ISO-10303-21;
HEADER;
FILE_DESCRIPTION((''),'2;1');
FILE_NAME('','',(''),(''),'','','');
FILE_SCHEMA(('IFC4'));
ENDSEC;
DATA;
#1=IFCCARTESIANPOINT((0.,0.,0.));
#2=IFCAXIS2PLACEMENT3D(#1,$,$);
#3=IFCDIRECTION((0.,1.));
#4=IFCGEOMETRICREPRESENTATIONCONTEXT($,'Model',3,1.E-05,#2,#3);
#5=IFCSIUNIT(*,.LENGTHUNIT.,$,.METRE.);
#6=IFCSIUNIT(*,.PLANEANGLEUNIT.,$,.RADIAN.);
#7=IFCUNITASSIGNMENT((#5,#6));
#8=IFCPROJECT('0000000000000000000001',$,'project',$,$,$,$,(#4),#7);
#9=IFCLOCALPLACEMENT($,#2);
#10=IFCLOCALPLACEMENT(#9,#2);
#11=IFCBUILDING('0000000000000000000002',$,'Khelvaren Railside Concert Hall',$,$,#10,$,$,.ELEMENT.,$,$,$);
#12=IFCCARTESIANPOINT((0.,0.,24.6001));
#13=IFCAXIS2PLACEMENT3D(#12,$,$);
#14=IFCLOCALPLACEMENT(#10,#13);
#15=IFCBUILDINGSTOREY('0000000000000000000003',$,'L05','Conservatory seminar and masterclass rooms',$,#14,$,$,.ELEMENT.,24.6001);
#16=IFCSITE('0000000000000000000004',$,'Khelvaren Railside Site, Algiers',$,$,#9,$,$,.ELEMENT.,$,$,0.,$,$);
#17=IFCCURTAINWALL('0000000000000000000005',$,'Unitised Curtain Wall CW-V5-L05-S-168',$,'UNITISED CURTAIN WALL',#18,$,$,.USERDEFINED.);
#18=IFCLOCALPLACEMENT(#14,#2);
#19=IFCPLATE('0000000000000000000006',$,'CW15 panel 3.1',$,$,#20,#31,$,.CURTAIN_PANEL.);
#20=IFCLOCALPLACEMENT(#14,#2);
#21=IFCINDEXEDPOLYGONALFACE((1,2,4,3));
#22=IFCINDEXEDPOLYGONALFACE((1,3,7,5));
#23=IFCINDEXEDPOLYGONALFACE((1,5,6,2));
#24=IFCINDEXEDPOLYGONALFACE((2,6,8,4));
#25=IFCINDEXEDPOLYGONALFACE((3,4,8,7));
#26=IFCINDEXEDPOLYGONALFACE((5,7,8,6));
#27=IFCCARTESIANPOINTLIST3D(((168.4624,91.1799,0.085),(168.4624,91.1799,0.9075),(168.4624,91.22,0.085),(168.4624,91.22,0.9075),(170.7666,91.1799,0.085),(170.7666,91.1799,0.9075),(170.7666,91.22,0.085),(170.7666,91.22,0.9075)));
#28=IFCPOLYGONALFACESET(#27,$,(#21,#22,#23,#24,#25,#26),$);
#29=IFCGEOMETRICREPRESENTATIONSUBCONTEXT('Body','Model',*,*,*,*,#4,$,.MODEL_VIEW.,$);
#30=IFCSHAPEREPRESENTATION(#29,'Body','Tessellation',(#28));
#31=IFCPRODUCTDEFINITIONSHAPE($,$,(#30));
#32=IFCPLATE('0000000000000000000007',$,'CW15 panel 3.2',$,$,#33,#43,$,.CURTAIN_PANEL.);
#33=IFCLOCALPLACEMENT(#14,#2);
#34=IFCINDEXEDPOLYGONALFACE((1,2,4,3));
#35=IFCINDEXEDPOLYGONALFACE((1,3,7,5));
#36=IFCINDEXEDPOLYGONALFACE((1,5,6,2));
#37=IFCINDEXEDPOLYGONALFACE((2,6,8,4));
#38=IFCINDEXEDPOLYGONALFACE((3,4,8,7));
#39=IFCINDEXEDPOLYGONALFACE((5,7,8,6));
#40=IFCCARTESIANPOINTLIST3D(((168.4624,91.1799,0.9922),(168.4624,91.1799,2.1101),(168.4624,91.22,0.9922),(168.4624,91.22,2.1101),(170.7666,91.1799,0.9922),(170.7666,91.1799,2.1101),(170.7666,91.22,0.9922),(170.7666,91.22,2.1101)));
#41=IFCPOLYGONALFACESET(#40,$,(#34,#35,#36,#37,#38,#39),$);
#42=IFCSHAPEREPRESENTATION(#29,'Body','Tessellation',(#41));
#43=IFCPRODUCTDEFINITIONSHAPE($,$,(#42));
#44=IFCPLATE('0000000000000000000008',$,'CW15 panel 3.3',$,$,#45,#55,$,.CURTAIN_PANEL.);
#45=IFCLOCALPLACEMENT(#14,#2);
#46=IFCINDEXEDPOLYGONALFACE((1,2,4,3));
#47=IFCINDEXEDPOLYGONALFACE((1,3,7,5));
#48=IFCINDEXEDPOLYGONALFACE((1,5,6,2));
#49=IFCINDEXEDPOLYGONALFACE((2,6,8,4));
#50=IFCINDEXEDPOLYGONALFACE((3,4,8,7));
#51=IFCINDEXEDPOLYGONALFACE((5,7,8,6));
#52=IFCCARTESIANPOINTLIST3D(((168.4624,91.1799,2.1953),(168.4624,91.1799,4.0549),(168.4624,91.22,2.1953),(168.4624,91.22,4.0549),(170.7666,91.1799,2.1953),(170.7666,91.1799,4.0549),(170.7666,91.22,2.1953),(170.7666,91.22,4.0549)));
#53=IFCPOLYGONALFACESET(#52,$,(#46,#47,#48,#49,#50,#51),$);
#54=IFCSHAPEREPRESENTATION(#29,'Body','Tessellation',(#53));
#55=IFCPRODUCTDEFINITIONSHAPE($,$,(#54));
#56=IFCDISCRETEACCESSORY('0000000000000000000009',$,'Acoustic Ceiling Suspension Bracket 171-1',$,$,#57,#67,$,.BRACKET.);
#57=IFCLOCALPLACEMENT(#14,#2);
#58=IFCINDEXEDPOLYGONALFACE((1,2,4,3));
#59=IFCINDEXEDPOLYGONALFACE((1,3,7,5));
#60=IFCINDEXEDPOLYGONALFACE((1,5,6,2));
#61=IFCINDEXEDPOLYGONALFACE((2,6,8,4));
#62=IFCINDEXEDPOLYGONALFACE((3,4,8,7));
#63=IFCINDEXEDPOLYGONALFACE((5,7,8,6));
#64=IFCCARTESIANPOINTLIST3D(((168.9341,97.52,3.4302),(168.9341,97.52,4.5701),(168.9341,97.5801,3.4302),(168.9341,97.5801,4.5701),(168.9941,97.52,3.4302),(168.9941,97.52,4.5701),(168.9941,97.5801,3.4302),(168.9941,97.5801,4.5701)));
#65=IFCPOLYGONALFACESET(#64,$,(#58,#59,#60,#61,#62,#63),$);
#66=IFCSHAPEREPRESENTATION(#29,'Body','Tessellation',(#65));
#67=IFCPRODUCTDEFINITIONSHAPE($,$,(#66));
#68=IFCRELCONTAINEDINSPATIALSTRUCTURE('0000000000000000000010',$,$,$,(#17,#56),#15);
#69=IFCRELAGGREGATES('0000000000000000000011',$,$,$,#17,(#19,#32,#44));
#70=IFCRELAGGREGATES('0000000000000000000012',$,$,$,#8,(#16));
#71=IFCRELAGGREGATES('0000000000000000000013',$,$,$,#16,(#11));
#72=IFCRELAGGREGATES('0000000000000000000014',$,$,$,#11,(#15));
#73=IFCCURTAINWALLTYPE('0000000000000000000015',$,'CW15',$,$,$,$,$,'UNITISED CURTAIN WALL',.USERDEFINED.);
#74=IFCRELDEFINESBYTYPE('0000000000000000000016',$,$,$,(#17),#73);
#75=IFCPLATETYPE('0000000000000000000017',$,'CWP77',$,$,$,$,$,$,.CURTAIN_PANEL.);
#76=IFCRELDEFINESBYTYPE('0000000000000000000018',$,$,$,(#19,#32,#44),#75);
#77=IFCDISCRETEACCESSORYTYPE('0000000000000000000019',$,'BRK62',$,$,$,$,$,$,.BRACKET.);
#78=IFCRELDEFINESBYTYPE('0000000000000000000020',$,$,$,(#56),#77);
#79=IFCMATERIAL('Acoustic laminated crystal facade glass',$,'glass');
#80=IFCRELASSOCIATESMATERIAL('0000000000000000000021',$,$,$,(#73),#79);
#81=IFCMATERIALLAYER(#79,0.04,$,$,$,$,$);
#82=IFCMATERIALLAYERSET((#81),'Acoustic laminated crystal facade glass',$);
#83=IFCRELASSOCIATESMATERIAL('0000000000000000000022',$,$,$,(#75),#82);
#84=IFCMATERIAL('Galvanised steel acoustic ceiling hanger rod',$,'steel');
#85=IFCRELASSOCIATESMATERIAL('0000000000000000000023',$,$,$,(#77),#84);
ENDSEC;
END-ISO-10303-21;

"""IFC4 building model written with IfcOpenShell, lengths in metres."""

from ifc_helpers import new_model, si_unit, direction, frame, origin, origin_2d, place, context, subcontext, project, spatial, rectangle, extrude, material, layer, layer_set, type_object, element, aggregate, save


model = new_model("IFC4")

# Units and contexts
model_context = context("Model", 3, precision=1e-05, world=origin(), true_north=direction((0.0, 1.0)))
body_context = subcontext(model_context, "Body", "Model", "MODEL_VIEW")
ifc_project = project(units=[si_unit("LENGTHUNIT", "METRE"), si_unit("PLANEANGLEUNIT", "RADIAN")], contexts=[model_context])

# Site, building, storey
site_placement = place(None, origin())
site = spatial("IfcSite", under=ifc_project, at=site_placement, Name="Khelvaren Railside Site, Algiers", CompositionType="ELEMENT", RefElevation=0.0)
building_placement = place(site_placement, origin())
building = spatial("IfcBuilding", under=site, at=building_placement, Name="Khelvaren Railside Concert Hall", CompositionType="ELEMENT")
storey_placement = place(building_placement, frame((0.0, 0.0, 24.6001)))
storey = spatial("IfcBuildingStorey", under=building, at=storey_placement, Name="L05", Description="Conservatory seminar and masterclass rooms", CompositionType="ELEMENT", Elevation=24.6001)

# Curtain wall
ifc_material_1 = material(Name="Acoustic laminated crystal facade glass", Category="glass")
curtain_wall_type = type_object("IfcCurtainWallType", Name="CW15", ElementType="UNITISED CURTAIN WALL", PredefinedType="USERDEFINED", material=ifc_material_1)
curtain_wall_placement = place(storey_placement, origin())
curtain_wall = element("IfcCurtainWall", 1, at=curtain_wall_placement, inside=storey, type_object=curtain_wall_type, Name="Unitised Curtain Wall CW-V5-L05-S-168", ObjectType="UNITISED CURTAIN WALL", PredefinedType="USERDEFINED")

# Plates
ifc_layer = layer(ifc_material_1, 0.04)
ifc_layer_set = layer_set([ifc_layer], Name="Acoustic laminated crystal facade glass")
plate_type = type_object("IfcPlateType", Name="CWP77", PredefinedType="CURTAIN_PANEL", material=ifc_layer_set)
plate_1_placement = place(storey_placement, frame((169.6145, 91.2, 0.085), z_axis=(0.0, 0.0, 1.0), x_axis=(-1.0, 0.0, 0.0)))
plate_1 = element("IfcPlate", 2, at=plate_1_placement, type_object=plate_type, Name="CW15 panel 3.1", PredefinedType="CURTAIN_PANEL", context=body_context, shape_type="SweptSolid", body=[
    extrude(rectangle(XDim=2.3042, YDim=0.04, at=origin_2d()), origin(), (0.0, 0.0, 1.0), 0.8225),
])
plate_2_placement = place(storey_placement, frame((169.6145, 91.2, 0.9922), z_axis=(0.0, 0.0, 1.0), x_axis=(-1.0, 0.0, 0.0)))
plate_2 = element("IfcPlate", 3, at=plate_2_placement, type_object=plate_type, Name="CW15 panel 3.2", PredefinedType="CURTAIN_PANEL", context=body_context, shape_type="SweptSolid", body=[
    extrude(rectangle(XDim=2.3042, YDim=0.04, at=origin_2d()), origin(), (0.0, 0.0, 1.0), 1.1179),
])
plate_3_placement = place(storey_placement, frame((169.6145, 91.2, 2.1953), z_axis=(0.0, 0.0, 1.0), x_axis=(-1.0, 0.0, 0.0)))
plate_3 = element("IfcPlate", 4, at=plate_3_placement, type_object=plate_type, Name="CW15 panel 3.3", PredefinedType="CURTAIN_PANEL", context=body_context, shape_type="SweptSolid", body=[
    extrude(rectangle(XDim=2.3042, YDim=0.04, at=origin_2d()), origin(), (0.0, 0.0, 1.0), 1.8596),
])
aggregate(curtain_wall, [plate_1, plate_2, plate_3])

# Discrete accessory
ifc_material_2 = material(Name="Galvanised steel acoustic ceiling hanger rod", Category="steel")
discrete_accessory_type = type_object("IfcDiscreteAccessoryType", Name="BRK62", PredefinedType="BRACKET", material=ifc_material_2)
discrete_accessory_placement = place(storey_placement, frame((168.9641, 97.55, 3.4302), z_axis=(0.0, 0.0, 1.0), x_axis=(1.0, 0.0, 0.0)))
element("IfcDiscreteAccessory", 5, at=discrete_accessory_placement, inside=storey, type_object=discrete_accessory_type, Name="Acoustic Ceiling Suspension Bracket 171-1", PredefinedType="BRACKET", context=body_context, shape_type="SweptSolid", body=[
    extrude(rectangle(XDim=0.0601, YDim=0.0601, at=origin_2d()), origin(), (0.0, 0.0, 1.0), 1.1399),
])

save(model, "model.ifc")
